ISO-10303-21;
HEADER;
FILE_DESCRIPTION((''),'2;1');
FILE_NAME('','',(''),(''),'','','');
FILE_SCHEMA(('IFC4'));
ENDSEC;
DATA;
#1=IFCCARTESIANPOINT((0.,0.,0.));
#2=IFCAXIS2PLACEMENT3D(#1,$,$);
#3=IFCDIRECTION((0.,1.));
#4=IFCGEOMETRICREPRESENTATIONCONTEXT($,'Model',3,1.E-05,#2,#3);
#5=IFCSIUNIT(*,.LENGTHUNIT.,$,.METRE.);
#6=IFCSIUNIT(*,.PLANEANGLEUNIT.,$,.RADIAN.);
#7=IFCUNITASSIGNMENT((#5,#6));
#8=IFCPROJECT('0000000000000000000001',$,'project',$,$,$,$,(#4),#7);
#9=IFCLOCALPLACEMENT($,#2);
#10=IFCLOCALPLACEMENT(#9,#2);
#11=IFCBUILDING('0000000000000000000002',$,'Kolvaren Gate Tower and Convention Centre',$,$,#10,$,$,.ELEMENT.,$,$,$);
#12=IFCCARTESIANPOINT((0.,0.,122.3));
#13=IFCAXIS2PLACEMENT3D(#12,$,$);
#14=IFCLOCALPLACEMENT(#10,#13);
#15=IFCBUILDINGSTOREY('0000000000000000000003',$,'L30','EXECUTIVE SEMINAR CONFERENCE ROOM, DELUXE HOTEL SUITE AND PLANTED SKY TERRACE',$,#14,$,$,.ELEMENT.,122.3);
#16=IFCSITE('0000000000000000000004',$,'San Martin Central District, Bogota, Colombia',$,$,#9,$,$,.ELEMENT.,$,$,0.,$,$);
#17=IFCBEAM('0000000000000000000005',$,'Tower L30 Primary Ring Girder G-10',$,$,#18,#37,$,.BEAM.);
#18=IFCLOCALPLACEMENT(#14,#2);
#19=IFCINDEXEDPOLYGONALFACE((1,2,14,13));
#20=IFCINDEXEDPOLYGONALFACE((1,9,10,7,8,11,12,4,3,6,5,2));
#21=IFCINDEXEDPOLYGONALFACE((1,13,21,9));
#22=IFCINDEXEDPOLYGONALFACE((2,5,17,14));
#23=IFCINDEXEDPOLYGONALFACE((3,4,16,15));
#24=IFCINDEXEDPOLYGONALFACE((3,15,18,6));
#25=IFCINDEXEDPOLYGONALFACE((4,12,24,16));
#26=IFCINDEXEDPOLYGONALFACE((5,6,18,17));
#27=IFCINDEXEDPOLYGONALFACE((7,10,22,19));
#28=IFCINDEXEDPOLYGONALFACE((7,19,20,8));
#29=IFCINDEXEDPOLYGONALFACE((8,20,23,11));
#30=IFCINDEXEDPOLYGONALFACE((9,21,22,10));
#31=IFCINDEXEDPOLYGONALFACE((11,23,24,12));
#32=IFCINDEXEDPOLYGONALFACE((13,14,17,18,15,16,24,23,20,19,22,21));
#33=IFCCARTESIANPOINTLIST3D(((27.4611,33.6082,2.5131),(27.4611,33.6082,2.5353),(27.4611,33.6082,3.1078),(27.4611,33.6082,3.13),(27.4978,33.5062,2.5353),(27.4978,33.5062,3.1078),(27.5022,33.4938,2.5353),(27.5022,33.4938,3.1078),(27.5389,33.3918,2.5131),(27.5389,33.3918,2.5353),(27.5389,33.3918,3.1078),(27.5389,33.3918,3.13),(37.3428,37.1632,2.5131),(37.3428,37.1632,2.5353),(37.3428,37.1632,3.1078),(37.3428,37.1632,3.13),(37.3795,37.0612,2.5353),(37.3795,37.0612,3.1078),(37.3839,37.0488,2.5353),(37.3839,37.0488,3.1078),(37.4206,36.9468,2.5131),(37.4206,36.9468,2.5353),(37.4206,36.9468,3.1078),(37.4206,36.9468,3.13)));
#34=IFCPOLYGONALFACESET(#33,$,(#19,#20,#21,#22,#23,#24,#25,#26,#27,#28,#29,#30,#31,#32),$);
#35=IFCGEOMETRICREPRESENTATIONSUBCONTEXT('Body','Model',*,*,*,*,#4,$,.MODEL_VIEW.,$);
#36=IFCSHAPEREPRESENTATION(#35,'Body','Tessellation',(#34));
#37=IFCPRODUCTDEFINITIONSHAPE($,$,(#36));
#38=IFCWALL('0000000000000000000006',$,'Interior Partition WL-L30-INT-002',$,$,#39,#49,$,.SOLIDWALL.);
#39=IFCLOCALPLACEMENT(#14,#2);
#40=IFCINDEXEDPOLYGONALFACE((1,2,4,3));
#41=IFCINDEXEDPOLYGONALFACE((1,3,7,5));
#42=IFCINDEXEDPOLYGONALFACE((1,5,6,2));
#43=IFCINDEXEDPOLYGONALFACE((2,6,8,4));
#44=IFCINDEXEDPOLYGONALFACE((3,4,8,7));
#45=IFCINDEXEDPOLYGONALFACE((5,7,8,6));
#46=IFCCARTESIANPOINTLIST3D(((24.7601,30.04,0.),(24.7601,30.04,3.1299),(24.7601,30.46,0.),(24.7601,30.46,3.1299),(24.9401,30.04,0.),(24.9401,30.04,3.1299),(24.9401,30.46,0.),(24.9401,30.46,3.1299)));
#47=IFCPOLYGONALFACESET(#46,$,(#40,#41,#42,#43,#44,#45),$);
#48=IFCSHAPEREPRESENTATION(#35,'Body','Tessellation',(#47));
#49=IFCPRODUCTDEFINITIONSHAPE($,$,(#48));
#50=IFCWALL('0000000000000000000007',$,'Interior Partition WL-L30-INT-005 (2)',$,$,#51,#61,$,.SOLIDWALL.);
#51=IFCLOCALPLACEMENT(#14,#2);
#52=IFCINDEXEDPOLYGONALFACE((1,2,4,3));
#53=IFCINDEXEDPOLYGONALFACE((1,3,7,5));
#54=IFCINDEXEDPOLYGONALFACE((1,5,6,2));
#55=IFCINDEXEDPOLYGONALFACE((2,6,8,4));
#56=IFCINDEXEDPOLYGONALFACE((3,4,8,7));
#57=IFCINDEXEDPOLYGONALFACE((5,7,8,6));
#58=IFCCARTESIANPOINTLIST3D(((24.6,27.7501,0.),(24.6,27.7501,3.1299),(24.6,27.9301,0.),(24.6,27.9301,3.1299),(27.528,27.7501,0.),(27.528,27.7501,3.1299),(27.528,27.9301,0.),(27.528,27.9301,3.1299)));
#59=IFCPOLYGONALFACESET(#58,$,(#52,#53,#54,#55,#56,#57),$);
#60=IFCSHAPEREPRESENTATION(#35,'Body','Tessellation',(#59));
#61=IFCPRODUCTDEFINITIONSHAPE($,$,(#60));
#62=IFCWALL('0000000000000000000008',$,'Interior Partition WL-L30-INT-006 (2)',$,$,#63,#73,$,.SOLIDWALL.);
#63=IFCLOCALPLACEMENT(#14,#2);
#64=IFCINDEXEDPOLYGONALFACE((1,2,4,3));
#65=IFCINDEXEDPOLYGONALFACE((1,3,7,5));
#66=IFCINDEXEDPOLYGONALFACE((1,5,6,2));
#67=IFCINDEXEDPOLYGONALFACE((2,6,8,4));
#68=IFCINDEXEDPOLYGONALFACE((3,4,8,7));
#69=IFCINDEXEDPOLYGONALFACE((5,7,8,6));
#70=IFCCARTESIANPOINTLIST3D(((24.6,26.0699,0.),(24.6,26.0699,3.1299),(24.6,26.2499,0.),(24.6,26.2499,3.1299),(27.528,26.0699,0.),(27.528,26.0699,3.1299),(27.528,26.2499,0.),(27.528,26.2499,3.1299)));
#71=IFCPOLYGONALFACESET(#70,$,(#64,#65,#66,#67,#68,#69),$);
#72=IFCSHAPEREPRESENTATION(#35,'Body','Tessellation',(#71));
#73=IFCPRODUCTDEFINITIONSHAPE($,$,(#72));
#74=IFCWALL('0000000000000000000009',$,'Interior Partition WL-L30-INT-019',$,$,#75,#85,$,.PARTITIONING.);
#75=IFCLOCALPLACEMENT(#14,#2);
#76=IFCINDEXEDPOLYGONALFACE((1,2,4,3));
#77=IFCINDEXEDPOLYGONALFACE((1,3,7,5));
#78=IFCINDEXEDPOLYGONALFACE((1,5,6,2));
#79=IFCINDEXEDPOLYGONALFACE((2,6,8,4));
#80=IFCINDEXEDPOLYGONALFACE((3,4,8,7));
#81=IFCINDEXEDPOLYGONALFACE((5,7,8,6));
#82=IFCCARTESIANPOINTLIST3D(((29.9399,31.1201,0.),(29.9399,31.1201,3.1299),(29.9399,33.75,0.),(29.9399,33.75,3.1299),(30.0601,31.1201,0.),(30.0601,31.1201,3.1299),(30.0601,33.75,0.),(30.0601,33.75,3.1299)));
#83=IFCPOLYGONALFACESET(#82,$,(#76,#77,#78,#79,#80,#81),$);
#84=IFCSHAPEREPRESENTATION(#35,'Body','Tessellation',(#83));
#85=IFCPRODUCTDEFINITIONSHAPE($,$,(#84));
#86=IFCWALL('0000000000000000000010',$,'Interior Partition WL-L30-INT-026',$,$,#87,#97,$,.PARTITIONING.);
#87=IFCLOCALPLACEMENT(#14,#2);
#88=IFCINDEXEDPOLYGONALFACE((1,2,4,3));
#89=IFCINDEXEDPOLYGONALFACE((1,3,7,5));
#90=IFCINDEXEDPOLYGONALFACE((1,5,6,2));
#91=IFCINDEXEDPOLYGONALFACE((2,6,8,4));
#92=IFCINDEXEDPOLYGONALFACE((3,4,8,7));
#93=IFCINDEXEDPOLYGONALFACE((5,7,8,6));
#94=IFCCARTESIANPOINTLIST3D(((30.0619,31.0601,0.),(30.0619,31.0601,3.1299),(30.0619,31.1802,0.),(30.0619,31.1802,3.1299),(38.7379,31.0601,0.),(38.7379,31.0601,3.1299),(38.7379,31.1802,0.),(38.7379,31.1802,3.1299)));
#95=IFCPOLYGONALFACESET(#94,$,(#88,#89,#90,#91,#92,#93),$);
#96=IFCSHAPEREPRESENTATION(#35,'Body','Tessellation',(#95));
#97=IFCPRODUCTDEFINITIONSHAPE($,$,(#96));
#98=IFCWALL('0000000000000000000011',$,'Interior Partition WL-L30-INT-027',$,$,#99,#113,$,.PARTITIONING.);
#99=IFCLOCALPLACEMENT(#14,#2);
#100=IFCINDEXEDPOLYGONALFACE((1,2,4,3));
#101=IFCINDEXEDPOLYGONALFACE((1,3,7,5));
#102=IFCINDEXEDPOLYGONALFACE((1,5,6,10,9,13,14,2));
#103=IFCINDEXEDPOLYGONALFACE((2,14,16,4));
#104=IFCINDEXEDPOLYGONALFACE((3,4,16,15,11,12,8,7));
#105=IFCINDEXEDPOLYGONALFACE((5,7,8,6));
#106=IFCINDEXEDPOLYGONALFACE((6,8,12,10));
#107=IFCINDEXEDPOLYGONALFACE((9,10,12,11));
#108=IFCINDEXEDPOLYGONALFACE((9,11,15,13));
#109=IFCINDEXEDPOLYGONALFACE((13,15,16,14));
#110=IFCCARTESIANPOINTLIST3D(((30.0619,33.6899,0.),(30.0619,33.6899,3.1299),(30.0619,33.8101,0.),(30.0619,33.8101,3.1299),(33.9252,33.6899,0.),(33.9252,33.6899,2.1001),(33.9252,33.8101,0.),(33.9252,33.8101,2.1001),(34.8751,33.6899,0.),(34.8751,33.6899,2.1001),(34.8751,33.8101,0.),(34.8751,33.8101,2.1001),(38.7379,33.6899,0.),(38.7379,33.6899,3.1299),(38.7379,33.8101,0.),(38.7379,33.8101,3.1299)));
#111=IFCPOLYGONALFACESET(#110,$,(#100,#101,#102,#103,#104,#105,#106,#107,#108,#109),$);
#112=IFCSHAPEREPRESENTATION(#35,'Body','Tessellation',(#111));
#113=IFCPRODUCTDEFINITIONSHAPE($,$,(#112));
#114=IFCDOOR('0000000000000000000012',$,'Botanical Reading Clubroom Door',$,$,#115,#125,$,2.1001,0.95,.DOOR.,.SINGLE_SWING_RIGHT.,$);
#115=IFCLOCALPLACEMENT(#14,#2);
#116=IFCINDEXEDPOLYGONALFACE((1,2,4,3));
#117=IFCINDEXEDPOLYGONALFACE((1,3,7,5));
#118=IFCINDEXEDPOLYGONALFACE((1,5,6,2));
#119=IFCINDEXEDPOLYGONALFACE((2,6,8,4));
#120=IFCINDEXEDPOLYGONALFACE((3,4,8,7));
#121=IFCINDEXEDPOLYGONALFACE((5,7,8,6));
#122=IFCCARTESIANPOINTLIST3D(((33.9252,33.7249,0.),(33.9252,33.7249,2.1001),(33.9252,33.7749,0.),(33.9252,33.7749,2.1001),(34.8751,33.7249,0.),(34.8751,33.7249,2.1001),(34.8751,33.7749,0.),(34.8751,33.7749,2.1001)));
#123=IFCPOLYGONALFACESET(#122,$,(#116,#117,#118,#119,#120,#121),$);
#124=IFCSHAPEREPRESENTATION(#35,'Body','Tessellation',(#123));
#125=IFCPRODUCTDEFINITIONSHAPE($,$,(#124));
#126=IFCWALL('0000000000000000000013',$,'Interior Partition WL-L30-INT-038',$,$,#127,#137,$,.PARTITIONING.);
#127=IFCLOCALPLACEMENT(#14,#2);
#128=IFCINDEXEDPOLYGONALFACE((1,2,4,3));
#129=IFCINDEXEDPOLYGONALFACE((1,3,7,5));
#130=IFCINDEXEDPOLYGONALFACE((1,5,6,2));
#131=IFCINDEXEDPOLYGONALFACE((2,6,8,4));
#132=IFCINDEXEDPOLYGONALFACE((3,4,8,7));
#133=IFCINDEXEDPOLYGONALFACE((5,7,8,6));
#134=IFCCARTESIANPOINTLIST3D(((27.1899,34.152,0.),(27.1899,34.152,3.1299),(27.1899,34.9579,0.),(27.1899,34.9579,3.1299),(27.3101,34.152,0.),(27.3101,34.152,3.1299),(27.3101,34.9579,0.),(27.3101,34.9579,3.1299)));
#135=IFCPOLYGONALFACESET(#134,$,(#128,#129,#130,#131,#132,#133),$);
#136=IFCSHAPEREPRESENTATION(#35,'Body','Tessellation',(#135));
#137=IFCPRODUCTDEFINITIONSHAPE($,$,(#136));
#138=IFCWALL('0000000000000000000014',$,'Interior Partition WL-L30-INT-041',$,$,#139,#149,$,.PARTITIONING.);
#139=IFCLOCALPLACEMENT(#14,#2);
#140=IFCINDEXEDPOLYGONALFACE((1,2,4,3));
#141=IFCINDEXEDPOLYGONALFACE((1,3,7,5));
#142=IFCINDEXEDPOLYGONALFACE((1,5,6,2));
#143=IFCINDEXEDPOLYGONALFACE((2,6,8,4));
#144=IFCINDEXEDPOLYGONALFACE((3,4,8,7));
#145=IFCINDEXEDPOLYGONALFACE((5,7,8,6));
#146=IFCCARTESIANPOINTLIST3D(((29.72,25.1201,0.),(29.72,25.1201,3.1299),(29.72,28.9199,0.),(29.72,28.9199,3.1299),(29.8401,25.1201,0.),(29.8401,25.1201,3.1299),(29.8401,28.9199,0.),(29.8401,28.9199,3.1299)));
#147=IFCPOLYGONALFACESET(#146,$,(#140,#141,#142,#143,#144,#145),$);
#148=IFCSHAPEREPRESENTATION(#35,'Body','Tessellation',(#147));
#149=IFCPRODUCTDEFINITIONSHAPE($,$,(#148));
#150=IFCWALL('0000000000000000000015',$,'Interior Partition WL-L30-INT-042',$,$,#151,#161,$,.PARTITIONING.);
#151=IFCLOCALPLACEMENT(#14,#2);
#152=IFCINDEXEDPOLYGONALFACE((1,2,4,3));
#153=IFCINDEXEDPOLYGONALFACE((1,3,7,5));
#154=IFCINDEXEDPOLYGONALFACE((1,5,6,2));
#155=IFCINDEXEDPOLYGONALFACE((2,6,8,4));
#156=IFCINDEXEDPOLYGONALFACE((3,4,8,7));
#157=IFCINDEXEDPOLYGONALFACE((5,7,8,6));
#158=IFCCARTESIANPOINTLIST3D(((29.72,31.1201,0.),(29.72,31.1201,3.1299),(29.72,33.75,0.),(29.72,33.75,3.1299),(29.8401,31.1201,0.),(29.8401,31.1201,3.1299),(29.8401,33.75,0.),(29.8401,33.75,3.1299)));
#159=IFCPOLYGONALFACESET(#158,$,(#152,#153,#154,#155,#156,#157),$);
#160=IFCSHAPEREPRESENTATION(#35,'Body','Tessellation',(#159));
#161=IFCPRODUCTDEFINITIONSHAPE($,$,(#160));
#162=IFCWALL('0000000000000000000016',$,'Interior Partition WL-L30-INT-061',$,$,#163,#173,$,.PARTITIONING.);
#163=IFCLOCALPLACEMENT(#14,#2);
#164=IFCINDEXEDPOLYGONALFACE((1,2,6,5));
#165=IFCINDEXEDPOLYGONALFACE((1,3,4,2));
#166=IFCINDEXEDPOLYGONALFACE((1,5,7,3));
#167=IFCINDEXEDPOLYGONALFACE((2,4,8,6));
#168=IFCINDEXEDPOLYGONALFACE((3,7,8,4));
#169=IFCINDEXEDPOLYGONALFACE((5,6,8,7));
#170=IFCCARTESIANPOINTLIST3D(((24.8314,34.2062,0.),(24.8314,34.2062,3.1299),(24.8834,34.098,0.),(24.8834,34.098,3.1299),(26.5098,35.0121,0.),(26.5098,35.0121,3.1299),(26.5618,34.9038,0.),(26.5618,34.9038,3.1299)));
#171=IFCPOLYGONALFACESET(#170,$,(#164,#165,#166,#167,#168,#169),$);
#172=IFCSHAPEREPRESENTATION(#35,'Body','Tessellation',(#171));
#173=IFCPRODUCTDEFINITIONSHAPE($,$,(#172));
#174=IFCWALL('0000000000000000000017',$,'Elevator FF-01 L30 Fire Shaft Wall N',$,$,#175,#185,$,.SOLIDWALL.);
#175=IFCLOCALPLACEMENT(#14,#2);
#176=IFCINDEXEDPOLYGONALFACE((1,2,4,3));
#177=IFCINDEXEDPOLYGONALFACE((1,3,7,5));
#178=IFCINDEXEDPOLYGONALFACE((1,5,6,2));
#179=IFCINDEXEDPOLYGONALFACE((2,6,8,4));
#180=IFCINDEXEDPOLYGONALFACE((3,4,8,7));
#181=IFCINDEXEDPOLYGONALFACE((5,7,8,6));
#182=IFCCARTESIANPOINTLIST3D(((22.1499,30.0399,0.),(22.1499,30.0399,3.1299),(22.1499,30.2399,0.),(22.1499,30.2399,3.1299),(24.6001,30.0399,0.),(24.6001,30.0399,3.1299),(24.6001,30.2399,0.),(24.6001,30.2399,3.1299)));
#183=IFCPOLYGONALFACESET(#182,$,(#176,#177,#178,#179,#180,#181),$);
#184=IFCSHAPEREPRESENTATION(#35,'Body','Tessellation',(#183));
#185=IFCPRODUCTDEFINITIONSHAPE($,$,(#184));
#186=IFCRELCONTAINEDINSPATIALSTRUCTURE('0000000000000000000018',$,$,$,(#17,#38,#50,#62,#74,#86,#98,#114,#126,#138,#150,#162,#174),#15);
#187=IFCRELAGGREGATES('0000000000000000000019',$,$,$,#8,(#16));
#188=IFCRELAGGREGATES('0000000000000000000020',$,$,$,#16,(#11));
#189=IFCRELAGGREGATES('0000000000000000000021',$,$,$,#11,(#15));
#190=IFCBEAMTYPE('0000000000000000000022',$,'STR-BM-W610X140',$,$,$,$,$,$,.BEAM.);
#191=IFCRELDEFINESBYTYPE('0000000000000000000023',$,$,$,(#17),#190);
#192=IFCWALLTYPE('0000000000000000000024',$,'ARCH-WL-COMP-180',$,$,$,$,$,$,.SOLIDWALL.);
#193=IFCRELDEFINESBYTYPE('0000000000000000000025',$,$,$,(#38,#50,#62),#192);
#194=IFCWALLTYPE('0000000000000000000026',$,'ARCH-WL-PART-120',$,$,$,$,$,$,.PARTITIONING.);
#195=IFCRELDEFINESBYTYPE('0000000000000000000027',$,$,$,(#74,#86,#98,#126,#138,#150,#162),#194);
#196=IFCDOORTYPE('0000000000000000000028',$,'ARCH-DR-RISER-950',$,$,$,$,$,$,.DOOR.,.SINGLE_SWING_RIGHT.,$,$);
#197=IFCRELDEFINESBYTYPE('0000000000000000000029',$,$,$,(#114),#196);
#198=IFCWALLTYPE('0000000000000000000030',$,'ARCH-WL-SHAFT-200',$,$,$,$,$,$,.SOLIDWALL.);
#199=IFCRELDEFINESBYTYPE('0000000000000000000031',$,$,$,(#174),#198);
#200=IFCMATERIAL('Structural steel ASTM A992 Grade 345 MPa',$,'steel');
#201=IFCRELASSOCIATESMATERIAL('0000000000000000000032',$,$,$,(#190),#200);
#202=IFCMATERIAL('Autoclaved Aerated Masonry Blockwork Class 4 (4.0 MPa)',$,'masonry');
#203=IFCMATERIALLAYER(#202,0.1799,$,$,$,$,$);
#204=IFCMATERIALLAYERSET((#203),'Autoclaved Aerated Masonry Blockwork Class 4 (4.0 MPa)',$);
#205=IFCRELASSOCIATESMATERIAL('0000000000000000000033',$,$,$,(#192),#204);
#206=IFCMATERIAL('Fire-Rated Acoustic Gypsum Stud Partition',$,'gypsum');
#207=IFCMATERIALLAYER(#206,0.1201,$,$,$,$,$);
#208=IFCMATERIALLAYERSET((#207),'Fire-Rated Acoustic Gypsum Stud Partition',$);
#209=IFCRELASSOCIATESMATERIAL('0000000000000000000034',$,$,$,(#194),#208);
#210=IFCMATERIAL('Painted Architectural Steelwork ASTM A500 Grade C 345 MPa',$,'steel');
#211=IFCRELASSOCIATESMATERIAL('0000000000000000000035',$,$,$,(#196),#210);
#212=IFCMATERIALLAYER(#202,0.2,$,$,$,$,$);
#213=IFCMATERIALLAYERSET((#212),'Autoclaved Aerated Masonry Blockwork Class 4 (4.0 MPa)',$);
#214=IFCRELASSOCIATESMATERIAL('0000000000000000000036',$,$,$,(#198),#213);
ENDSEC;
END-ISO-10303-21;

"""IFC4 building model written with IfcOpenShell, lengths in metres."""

from ifc_helpers import new_model, si_unit, direction, frame, frame_2d, origin, origin_2d, place, context, subcontext, project, spatial, rectangle, i_section, extrude, material, layer, layer_set, material_profile, profile_set, type_object, element, fill, save


model = new_model("IFC4")

# Units and contexts
model_context = context("Model", 3, precision=1e-05, world=origin(), true_north=direction((0.0, 1.0)))
body_context = subcontext(model_context, "Body", "Model", "MODEL_VIEW")
ifc_project = project(units=[si_unit("LENGTHUNIT", "METRE"), si_unit("PLANEANGLEUNIT", "RADIAN")], contexts=[model_context])

# Site, building, storey
site_placement = place(None, origin())
site = spatial("IfcSite", under=ifc_project, at=site_placement, Name="San Martin Central District, Bogota, Colombia", CompositionType="ELEMENT", RefElevation=0.0)
building_placement = place(site_placement, origin())
building = spatial("IfcBuilding", under=site, at=building_placement, Name="Kolvaren Gate Tower and Convention Centre", CompositionType="ELEMENT")
storey_placement = place(building_placement, frame((0.0, 0.0, 122.3)))
storey = spatial("IfcBuildingStorey", under=building, at=storey_placement, Name="L30", Description="EXECUTIVE SEMINAR CONFERENCE ROOM, DELUXE HOTEL SUITE AND PLANTED SKY TERRACE", CompositionType="ELEMENT", Elevation=122.3)

# Beam
ifc_material_1 = material(Name="Structural steel ASTM A992 Grade 345 MPa", Category="steel")
ifc_material_profile = material_profile(ifc_material_1, i_section(OverallWidth=0.23, OverallDepth=0.6169, WebThickness=0.0132, FlangeThickness=0.0222, at=origin_2d()), Name="W610X140")
ifc_profile_set = profile_set([ifc_material_profile], Name="Structural steel ASTM A992 Grade 345 MPa")
beam_type = type_object("IfcBeamType", Name="STR-BM-W610X140", PredefinedType="BEAM", material=ifc_profile_set)
beam_placement = place(storey_placement, frame((27.5, 33.5, 2.8215), z_axis=(0.940961, 0.338514, 0.0), x_axis=(-0.338514, 0.940961, 0.0)))
element("IfcBeam", 1, at=beam_placement, inside=storey, type_object=beam_type, Name="Tower L30 Primary Ring Girder G-10", PredefinedType="BEAM", context=body_context, shape_type="SweptSolid", body=[
    extrude(i_section(OverallWidth=0.23, OverallDepth=0.6169, WebThickness=0.0132, FlangeThickness=0.0222, at=origin_2d()), origin(), (0.0, 0.0, 1.0), 10.5017),
])

# Walls
ifc_material_2 = material(Name="Autoclaved Aerated Masonry Blockwork Class 4 (4.0 MPa)", Category="masonry")
ifc_layer_1 = layer(ifc_material_2, 0.1799)
ifc_layer_set_1 = layer_set([ifc_layer_1], Name="Autoclaved Aerated Masonry Blockwork Class 4 (4.0 MPa)")
wall_type_1 = type_object("IfcWallType", Name="ARCH-WL-COMP-180", PredefinedType="SOLIDWALL", material=ifc_layer_set_1)
wall_1_placement = place(storey_placement, frame((24.8501, 30.04, 0.0), z_axis=(0.0, 0.0, 1.0), x_axis=(0.0, 1.0, 0.0)))
element("IfcWall", 2, at=wall_1_placement, inside=storey, type_object=wall_type_1, Name="Interior Partition WL-L30-INT-002", PredefinedType="SOLIDWALL", context=body_context, shape_type="SweptSolid", body=[
    extrude(rectangle(XDim=0.4199, YDim=0.1799, at=frame_2d((0.21, 0.0))), origin(), (0.0, 0.0, 1.0), 3.1299),
])
for number, where, z_axis, x_axis, name in (
    (3, (24.6001, 27.8401, 0.0), (0.0, 0.0, 1.0), (1.0, 0.0, 0.0), "Interior Partition WL-L30-INT-005 (2)"),
    (4, (24.6001, 26.1599, 0.0), (0.0, 0.0, 1.0), (1.0, 0.0, 0.0), "Interior Partition WL-L30-INT-006 (2)"),
):
    element("IfcWall", number, at=place(storey_placement, frame(where, z_axis=z_axis, x_axis=x_axis)), inside=storey, type_object=wall_type_1, Name=name, PredefinedType="SOLIDWALL", context=body_context, shape_type="SweptSolid", body=[
        extrude(rectangle(XDim=2.928, YDim=0.1799, at=frame_2d((1.4639, 0.0))), origin(), (0.0, 0.0, 1.0), 3.1299),
    ])
ifc_material_3 = material(Name="Fire-Rated Acoustic Gypsum Stud Partition", Category="gypsum")
ifc_layer_2 = layer(ifc_material_3, 0.1201)
ifc_layer_set_2 = layer_set([ifc_layer_2], Name="Fire-Rated Acoustic Gypsum Stud Partition")
wall_type_2 = type_object("IfcWallType", Name="ARCH-WL-PART-120", PredefinedType="PARTITIONING", material=ifc_layer_set_2)
wall_2_placement = place(storey_placement, frame((30.0, 31.1201, 0.0), z_axis=(0.0, 0.0, 1.0), x_axis=(0.0, 1.0, 0.0)))
element("IfcWall", 5, at=wall_2_placement, inside=storey, type_object=wall_type_2, Name="Interior Partition WL-L30-INT-019", PredefinedType="PARTITIONING", context=body_context, shape_type="SweptSolid", body=[
    extrude(rectangle(XDim=2.6299, YDim=0.1201, at=frame_2d((1.3149, 0.0))), origin(), (0.0, 0.0, 1.0), 3.1299),
])
wall_3_placement = place(storey_placement, frame((30.062, 31.1201, 0.0), z_axis=(0.0, 0.0, 1.0), x_axis=(1.0, 0.0, 0.0)))
element("IfcWall", 6, at=wall_3_placement, inside=storey, type_object=wall_type_2, Name="Interior Partition WL-L30-INT-026", PredefinedType="PARTITIONING", context=body_context, shape_type="SweptSolid", body=[
    extrude(rectangle(XDim=8.676, YDim=0.1201, at=frame_2d((4.3379, 0.0))), origin(), (0.0, 0.0, 1.0), 3.1299),
])

# Wall, opening, door
wall_4_placement = place(storey_placement, frame((30.062, 33.75, 0.0), z_axis=(0.0, 0.0, 1.0), x_axis=(1.0, 0.0, 0.0)))
wall_4 = element("IfcWall", 7, at=wall_4_placement, inside=storey, type_object=wall_type_2, Name="Interior Partition WL-L30-INT-027", PredefinedType="PARTITIONING", context=body_context, shape_type="SweptSolid", body=[
    extrude(rectangle(XDim=8.676, YDim=0.1201, at=frame_2d((4.3379, 0.0))), origin(), (0.0, 0.0, 1.0), 3.1299),
])
opening_1_placement = place(wall_4_placement, frame((3.863, 0.0, 0.0)))
opening_1 = element("IfcOpeningElement", 8, at=opening_1_placement, cuts=wall_4, PredefinedType="OPENING", context=body_context, shape_type="SweptSolid", body=[
    extrude(rectangle(XDim=0.95, YDim=2.1001, at=frame_2d((0.4751, 1.05))), frame((0.0, 0.0701, 0.0), z_axis=(0.0, -1.0, 0.0), x_axis=(1.0, 0.0, 0.0)), (0.0, 0.0, 1.0), 0.1401),
])
ifc_material_4 = material(Name="Painted Architectural Steelwork ASTM A500 Grade C 345 MPa", Category="steel")
door_type_1 = type_object("IfcDoorType", Name="ARCH-DR-RISER-950", OperationType="SINGLE_SWING_RIGHT", PredefinedType="DOOR", material=ifc_material_4)
door_1_placement = place(opening_1_placement, origin())
door_1 = element("IfcDoor", 9, at=door_1_placement, inside=storey, type_object=door_type_1, Name="Botanical Reading Clubroom Door", OperationType="SINGLE_SWING_RIGHT", OverallHeight=2.1001, OverallWidth=0.95, PredefinedType="DOOR", context=body_context, shape_type="SweptSolid", body=[
    extrude(rectangle(XDim=0.95, YDim=2.1001, at=frame_2d((0.4751, 1.05))), frame((0.0, 0.0249, 0.0), z_axis=(0.0, -1.0, 0.0), x_axis=(1.0, 0.0, 0.0)), (0.0, 0.0, 1.0), 0.05),
])
fill(opening_1, door_1)

# Walls
wall_5_placement = place(storey_placement, frame((27.25, 34.1521, 0.0), z_axis=(0.0, 0.0, 1.0), x_axis=(0.0, 1.0, 0.0)))
element("IfcWall", 10, at=wall_5_placement, inside=storey, type_object=wall_type_2, Name="Interior Partition WL-L30-INT-038", PredefinedType="PARTITIONING", context=body_context, shape_type="SweptSolid", body=[
    extrude(rectangle(XDim=0.8059, YDim=0.1201, at=frame_2d((0.4028, 0.0))), origin(), (0.0, 0.0, 1.0), 3.1299),
])
wall_6_placement = place(storey_placement, frame((29.78, 25.1201, 0.0), z_axis=(0.0, 0.0, 1.0), x_axis=(0.0, 1.0, 0.0)))
element("IfcWall", 11, at=wall_6_placement, inside=storey, type_object=wall_type_2, Name="Interior Partition WL-L30-INT-041", PredefinedType="PARTITIONING", context=body_context, shape_type="SweptSolid", body=[
    extrude(rectangle(XDim=3.7998, YDim=0.1201, at=frame_2d((1.8999, 0.0))), origin(), (0.0, 0.0, 1.0), 3.1299),
])
wall_7_placement = place(storey_placement, frame((29.78, 31.1201, 0.0), z_axis=(0.0, 0.0, 1.0), x_axis=(0.0, 1.0, 0.0)))
element("IfcWall", 12, at=wall_7_placement, inside=storey, type_object=wall_type_2, Name="Interior Partition WL-L30-INT-042", PredefinedType="PARTITIONING", context=body_context, shape_type="SweptSolid", body=[
    extrude(rectangle(XDim=2.6299, YDim=0.1201, at=frame_2d((1.3149, 0.0))), origin(), (0.0, 0.0, 1.0), 3.1299),
])
wall_8_placement = place(storey_placement, frame((24.8574, 34.1521, 0.0), z_axis=(0.0, 0.0, 1.0), x_axis=(0.901472, 0.432838, 0.0)))
element("IfcWall", 13, at=wall_8_placement, inside=storey, type_object=wall_type_2, Name="Interior Partition WL-L30-INT-061", PredefinedType="PARTITIONING", context=body_context, shape_type="SweptSolid", body=[
    extrude(rectangle(XDim=1.8618, YDim=0.1201, at=frame_2d((0.9309, 0.0))), origin(), (0.0, 0.0, 1.0), 3.1299),
])
ifc_layer_3 = layer(ifc_material_2, 0.2)
ifc_layer_set_3 = layer_set([ifc_layer_3], Name="Autoclaved Aerated Masonry Blockwork Class 4 (4.0 MPa)")
wall_type_3 = type_object("IfcWallType", Name="ARCH-WL-SHAFT-200", PredefinedType="SOLIDWALL", material=ifc_layer_set_3)
for number, where, z_axis, x_axis, name in (
    (14, (22.1499, 30.1399, 0.0), (0.0, 0.0, 1.0), (1.0, 0.0, 0.0), "Elevator FF-01 L30 Fire Shaft Wall N"),
):
    element("IfcWall", number, at=place(storey_placement, frame(where, z_axis=z_axis, x_axis=x_axis)), inside=storey, type_object=wall_type_3, Name=name, PredefinedType="SOLIDWALL", context=body_context, shape_type="SweptSolid", body=[
        extrude(rectangle(XDim=2.4502, YDim=0.2, at=frame_2d((1.2251, 0.0))), origin(), (0.0, 0.0, 1.0), 3.1299),
    ])

save(model, "model.ifc")
